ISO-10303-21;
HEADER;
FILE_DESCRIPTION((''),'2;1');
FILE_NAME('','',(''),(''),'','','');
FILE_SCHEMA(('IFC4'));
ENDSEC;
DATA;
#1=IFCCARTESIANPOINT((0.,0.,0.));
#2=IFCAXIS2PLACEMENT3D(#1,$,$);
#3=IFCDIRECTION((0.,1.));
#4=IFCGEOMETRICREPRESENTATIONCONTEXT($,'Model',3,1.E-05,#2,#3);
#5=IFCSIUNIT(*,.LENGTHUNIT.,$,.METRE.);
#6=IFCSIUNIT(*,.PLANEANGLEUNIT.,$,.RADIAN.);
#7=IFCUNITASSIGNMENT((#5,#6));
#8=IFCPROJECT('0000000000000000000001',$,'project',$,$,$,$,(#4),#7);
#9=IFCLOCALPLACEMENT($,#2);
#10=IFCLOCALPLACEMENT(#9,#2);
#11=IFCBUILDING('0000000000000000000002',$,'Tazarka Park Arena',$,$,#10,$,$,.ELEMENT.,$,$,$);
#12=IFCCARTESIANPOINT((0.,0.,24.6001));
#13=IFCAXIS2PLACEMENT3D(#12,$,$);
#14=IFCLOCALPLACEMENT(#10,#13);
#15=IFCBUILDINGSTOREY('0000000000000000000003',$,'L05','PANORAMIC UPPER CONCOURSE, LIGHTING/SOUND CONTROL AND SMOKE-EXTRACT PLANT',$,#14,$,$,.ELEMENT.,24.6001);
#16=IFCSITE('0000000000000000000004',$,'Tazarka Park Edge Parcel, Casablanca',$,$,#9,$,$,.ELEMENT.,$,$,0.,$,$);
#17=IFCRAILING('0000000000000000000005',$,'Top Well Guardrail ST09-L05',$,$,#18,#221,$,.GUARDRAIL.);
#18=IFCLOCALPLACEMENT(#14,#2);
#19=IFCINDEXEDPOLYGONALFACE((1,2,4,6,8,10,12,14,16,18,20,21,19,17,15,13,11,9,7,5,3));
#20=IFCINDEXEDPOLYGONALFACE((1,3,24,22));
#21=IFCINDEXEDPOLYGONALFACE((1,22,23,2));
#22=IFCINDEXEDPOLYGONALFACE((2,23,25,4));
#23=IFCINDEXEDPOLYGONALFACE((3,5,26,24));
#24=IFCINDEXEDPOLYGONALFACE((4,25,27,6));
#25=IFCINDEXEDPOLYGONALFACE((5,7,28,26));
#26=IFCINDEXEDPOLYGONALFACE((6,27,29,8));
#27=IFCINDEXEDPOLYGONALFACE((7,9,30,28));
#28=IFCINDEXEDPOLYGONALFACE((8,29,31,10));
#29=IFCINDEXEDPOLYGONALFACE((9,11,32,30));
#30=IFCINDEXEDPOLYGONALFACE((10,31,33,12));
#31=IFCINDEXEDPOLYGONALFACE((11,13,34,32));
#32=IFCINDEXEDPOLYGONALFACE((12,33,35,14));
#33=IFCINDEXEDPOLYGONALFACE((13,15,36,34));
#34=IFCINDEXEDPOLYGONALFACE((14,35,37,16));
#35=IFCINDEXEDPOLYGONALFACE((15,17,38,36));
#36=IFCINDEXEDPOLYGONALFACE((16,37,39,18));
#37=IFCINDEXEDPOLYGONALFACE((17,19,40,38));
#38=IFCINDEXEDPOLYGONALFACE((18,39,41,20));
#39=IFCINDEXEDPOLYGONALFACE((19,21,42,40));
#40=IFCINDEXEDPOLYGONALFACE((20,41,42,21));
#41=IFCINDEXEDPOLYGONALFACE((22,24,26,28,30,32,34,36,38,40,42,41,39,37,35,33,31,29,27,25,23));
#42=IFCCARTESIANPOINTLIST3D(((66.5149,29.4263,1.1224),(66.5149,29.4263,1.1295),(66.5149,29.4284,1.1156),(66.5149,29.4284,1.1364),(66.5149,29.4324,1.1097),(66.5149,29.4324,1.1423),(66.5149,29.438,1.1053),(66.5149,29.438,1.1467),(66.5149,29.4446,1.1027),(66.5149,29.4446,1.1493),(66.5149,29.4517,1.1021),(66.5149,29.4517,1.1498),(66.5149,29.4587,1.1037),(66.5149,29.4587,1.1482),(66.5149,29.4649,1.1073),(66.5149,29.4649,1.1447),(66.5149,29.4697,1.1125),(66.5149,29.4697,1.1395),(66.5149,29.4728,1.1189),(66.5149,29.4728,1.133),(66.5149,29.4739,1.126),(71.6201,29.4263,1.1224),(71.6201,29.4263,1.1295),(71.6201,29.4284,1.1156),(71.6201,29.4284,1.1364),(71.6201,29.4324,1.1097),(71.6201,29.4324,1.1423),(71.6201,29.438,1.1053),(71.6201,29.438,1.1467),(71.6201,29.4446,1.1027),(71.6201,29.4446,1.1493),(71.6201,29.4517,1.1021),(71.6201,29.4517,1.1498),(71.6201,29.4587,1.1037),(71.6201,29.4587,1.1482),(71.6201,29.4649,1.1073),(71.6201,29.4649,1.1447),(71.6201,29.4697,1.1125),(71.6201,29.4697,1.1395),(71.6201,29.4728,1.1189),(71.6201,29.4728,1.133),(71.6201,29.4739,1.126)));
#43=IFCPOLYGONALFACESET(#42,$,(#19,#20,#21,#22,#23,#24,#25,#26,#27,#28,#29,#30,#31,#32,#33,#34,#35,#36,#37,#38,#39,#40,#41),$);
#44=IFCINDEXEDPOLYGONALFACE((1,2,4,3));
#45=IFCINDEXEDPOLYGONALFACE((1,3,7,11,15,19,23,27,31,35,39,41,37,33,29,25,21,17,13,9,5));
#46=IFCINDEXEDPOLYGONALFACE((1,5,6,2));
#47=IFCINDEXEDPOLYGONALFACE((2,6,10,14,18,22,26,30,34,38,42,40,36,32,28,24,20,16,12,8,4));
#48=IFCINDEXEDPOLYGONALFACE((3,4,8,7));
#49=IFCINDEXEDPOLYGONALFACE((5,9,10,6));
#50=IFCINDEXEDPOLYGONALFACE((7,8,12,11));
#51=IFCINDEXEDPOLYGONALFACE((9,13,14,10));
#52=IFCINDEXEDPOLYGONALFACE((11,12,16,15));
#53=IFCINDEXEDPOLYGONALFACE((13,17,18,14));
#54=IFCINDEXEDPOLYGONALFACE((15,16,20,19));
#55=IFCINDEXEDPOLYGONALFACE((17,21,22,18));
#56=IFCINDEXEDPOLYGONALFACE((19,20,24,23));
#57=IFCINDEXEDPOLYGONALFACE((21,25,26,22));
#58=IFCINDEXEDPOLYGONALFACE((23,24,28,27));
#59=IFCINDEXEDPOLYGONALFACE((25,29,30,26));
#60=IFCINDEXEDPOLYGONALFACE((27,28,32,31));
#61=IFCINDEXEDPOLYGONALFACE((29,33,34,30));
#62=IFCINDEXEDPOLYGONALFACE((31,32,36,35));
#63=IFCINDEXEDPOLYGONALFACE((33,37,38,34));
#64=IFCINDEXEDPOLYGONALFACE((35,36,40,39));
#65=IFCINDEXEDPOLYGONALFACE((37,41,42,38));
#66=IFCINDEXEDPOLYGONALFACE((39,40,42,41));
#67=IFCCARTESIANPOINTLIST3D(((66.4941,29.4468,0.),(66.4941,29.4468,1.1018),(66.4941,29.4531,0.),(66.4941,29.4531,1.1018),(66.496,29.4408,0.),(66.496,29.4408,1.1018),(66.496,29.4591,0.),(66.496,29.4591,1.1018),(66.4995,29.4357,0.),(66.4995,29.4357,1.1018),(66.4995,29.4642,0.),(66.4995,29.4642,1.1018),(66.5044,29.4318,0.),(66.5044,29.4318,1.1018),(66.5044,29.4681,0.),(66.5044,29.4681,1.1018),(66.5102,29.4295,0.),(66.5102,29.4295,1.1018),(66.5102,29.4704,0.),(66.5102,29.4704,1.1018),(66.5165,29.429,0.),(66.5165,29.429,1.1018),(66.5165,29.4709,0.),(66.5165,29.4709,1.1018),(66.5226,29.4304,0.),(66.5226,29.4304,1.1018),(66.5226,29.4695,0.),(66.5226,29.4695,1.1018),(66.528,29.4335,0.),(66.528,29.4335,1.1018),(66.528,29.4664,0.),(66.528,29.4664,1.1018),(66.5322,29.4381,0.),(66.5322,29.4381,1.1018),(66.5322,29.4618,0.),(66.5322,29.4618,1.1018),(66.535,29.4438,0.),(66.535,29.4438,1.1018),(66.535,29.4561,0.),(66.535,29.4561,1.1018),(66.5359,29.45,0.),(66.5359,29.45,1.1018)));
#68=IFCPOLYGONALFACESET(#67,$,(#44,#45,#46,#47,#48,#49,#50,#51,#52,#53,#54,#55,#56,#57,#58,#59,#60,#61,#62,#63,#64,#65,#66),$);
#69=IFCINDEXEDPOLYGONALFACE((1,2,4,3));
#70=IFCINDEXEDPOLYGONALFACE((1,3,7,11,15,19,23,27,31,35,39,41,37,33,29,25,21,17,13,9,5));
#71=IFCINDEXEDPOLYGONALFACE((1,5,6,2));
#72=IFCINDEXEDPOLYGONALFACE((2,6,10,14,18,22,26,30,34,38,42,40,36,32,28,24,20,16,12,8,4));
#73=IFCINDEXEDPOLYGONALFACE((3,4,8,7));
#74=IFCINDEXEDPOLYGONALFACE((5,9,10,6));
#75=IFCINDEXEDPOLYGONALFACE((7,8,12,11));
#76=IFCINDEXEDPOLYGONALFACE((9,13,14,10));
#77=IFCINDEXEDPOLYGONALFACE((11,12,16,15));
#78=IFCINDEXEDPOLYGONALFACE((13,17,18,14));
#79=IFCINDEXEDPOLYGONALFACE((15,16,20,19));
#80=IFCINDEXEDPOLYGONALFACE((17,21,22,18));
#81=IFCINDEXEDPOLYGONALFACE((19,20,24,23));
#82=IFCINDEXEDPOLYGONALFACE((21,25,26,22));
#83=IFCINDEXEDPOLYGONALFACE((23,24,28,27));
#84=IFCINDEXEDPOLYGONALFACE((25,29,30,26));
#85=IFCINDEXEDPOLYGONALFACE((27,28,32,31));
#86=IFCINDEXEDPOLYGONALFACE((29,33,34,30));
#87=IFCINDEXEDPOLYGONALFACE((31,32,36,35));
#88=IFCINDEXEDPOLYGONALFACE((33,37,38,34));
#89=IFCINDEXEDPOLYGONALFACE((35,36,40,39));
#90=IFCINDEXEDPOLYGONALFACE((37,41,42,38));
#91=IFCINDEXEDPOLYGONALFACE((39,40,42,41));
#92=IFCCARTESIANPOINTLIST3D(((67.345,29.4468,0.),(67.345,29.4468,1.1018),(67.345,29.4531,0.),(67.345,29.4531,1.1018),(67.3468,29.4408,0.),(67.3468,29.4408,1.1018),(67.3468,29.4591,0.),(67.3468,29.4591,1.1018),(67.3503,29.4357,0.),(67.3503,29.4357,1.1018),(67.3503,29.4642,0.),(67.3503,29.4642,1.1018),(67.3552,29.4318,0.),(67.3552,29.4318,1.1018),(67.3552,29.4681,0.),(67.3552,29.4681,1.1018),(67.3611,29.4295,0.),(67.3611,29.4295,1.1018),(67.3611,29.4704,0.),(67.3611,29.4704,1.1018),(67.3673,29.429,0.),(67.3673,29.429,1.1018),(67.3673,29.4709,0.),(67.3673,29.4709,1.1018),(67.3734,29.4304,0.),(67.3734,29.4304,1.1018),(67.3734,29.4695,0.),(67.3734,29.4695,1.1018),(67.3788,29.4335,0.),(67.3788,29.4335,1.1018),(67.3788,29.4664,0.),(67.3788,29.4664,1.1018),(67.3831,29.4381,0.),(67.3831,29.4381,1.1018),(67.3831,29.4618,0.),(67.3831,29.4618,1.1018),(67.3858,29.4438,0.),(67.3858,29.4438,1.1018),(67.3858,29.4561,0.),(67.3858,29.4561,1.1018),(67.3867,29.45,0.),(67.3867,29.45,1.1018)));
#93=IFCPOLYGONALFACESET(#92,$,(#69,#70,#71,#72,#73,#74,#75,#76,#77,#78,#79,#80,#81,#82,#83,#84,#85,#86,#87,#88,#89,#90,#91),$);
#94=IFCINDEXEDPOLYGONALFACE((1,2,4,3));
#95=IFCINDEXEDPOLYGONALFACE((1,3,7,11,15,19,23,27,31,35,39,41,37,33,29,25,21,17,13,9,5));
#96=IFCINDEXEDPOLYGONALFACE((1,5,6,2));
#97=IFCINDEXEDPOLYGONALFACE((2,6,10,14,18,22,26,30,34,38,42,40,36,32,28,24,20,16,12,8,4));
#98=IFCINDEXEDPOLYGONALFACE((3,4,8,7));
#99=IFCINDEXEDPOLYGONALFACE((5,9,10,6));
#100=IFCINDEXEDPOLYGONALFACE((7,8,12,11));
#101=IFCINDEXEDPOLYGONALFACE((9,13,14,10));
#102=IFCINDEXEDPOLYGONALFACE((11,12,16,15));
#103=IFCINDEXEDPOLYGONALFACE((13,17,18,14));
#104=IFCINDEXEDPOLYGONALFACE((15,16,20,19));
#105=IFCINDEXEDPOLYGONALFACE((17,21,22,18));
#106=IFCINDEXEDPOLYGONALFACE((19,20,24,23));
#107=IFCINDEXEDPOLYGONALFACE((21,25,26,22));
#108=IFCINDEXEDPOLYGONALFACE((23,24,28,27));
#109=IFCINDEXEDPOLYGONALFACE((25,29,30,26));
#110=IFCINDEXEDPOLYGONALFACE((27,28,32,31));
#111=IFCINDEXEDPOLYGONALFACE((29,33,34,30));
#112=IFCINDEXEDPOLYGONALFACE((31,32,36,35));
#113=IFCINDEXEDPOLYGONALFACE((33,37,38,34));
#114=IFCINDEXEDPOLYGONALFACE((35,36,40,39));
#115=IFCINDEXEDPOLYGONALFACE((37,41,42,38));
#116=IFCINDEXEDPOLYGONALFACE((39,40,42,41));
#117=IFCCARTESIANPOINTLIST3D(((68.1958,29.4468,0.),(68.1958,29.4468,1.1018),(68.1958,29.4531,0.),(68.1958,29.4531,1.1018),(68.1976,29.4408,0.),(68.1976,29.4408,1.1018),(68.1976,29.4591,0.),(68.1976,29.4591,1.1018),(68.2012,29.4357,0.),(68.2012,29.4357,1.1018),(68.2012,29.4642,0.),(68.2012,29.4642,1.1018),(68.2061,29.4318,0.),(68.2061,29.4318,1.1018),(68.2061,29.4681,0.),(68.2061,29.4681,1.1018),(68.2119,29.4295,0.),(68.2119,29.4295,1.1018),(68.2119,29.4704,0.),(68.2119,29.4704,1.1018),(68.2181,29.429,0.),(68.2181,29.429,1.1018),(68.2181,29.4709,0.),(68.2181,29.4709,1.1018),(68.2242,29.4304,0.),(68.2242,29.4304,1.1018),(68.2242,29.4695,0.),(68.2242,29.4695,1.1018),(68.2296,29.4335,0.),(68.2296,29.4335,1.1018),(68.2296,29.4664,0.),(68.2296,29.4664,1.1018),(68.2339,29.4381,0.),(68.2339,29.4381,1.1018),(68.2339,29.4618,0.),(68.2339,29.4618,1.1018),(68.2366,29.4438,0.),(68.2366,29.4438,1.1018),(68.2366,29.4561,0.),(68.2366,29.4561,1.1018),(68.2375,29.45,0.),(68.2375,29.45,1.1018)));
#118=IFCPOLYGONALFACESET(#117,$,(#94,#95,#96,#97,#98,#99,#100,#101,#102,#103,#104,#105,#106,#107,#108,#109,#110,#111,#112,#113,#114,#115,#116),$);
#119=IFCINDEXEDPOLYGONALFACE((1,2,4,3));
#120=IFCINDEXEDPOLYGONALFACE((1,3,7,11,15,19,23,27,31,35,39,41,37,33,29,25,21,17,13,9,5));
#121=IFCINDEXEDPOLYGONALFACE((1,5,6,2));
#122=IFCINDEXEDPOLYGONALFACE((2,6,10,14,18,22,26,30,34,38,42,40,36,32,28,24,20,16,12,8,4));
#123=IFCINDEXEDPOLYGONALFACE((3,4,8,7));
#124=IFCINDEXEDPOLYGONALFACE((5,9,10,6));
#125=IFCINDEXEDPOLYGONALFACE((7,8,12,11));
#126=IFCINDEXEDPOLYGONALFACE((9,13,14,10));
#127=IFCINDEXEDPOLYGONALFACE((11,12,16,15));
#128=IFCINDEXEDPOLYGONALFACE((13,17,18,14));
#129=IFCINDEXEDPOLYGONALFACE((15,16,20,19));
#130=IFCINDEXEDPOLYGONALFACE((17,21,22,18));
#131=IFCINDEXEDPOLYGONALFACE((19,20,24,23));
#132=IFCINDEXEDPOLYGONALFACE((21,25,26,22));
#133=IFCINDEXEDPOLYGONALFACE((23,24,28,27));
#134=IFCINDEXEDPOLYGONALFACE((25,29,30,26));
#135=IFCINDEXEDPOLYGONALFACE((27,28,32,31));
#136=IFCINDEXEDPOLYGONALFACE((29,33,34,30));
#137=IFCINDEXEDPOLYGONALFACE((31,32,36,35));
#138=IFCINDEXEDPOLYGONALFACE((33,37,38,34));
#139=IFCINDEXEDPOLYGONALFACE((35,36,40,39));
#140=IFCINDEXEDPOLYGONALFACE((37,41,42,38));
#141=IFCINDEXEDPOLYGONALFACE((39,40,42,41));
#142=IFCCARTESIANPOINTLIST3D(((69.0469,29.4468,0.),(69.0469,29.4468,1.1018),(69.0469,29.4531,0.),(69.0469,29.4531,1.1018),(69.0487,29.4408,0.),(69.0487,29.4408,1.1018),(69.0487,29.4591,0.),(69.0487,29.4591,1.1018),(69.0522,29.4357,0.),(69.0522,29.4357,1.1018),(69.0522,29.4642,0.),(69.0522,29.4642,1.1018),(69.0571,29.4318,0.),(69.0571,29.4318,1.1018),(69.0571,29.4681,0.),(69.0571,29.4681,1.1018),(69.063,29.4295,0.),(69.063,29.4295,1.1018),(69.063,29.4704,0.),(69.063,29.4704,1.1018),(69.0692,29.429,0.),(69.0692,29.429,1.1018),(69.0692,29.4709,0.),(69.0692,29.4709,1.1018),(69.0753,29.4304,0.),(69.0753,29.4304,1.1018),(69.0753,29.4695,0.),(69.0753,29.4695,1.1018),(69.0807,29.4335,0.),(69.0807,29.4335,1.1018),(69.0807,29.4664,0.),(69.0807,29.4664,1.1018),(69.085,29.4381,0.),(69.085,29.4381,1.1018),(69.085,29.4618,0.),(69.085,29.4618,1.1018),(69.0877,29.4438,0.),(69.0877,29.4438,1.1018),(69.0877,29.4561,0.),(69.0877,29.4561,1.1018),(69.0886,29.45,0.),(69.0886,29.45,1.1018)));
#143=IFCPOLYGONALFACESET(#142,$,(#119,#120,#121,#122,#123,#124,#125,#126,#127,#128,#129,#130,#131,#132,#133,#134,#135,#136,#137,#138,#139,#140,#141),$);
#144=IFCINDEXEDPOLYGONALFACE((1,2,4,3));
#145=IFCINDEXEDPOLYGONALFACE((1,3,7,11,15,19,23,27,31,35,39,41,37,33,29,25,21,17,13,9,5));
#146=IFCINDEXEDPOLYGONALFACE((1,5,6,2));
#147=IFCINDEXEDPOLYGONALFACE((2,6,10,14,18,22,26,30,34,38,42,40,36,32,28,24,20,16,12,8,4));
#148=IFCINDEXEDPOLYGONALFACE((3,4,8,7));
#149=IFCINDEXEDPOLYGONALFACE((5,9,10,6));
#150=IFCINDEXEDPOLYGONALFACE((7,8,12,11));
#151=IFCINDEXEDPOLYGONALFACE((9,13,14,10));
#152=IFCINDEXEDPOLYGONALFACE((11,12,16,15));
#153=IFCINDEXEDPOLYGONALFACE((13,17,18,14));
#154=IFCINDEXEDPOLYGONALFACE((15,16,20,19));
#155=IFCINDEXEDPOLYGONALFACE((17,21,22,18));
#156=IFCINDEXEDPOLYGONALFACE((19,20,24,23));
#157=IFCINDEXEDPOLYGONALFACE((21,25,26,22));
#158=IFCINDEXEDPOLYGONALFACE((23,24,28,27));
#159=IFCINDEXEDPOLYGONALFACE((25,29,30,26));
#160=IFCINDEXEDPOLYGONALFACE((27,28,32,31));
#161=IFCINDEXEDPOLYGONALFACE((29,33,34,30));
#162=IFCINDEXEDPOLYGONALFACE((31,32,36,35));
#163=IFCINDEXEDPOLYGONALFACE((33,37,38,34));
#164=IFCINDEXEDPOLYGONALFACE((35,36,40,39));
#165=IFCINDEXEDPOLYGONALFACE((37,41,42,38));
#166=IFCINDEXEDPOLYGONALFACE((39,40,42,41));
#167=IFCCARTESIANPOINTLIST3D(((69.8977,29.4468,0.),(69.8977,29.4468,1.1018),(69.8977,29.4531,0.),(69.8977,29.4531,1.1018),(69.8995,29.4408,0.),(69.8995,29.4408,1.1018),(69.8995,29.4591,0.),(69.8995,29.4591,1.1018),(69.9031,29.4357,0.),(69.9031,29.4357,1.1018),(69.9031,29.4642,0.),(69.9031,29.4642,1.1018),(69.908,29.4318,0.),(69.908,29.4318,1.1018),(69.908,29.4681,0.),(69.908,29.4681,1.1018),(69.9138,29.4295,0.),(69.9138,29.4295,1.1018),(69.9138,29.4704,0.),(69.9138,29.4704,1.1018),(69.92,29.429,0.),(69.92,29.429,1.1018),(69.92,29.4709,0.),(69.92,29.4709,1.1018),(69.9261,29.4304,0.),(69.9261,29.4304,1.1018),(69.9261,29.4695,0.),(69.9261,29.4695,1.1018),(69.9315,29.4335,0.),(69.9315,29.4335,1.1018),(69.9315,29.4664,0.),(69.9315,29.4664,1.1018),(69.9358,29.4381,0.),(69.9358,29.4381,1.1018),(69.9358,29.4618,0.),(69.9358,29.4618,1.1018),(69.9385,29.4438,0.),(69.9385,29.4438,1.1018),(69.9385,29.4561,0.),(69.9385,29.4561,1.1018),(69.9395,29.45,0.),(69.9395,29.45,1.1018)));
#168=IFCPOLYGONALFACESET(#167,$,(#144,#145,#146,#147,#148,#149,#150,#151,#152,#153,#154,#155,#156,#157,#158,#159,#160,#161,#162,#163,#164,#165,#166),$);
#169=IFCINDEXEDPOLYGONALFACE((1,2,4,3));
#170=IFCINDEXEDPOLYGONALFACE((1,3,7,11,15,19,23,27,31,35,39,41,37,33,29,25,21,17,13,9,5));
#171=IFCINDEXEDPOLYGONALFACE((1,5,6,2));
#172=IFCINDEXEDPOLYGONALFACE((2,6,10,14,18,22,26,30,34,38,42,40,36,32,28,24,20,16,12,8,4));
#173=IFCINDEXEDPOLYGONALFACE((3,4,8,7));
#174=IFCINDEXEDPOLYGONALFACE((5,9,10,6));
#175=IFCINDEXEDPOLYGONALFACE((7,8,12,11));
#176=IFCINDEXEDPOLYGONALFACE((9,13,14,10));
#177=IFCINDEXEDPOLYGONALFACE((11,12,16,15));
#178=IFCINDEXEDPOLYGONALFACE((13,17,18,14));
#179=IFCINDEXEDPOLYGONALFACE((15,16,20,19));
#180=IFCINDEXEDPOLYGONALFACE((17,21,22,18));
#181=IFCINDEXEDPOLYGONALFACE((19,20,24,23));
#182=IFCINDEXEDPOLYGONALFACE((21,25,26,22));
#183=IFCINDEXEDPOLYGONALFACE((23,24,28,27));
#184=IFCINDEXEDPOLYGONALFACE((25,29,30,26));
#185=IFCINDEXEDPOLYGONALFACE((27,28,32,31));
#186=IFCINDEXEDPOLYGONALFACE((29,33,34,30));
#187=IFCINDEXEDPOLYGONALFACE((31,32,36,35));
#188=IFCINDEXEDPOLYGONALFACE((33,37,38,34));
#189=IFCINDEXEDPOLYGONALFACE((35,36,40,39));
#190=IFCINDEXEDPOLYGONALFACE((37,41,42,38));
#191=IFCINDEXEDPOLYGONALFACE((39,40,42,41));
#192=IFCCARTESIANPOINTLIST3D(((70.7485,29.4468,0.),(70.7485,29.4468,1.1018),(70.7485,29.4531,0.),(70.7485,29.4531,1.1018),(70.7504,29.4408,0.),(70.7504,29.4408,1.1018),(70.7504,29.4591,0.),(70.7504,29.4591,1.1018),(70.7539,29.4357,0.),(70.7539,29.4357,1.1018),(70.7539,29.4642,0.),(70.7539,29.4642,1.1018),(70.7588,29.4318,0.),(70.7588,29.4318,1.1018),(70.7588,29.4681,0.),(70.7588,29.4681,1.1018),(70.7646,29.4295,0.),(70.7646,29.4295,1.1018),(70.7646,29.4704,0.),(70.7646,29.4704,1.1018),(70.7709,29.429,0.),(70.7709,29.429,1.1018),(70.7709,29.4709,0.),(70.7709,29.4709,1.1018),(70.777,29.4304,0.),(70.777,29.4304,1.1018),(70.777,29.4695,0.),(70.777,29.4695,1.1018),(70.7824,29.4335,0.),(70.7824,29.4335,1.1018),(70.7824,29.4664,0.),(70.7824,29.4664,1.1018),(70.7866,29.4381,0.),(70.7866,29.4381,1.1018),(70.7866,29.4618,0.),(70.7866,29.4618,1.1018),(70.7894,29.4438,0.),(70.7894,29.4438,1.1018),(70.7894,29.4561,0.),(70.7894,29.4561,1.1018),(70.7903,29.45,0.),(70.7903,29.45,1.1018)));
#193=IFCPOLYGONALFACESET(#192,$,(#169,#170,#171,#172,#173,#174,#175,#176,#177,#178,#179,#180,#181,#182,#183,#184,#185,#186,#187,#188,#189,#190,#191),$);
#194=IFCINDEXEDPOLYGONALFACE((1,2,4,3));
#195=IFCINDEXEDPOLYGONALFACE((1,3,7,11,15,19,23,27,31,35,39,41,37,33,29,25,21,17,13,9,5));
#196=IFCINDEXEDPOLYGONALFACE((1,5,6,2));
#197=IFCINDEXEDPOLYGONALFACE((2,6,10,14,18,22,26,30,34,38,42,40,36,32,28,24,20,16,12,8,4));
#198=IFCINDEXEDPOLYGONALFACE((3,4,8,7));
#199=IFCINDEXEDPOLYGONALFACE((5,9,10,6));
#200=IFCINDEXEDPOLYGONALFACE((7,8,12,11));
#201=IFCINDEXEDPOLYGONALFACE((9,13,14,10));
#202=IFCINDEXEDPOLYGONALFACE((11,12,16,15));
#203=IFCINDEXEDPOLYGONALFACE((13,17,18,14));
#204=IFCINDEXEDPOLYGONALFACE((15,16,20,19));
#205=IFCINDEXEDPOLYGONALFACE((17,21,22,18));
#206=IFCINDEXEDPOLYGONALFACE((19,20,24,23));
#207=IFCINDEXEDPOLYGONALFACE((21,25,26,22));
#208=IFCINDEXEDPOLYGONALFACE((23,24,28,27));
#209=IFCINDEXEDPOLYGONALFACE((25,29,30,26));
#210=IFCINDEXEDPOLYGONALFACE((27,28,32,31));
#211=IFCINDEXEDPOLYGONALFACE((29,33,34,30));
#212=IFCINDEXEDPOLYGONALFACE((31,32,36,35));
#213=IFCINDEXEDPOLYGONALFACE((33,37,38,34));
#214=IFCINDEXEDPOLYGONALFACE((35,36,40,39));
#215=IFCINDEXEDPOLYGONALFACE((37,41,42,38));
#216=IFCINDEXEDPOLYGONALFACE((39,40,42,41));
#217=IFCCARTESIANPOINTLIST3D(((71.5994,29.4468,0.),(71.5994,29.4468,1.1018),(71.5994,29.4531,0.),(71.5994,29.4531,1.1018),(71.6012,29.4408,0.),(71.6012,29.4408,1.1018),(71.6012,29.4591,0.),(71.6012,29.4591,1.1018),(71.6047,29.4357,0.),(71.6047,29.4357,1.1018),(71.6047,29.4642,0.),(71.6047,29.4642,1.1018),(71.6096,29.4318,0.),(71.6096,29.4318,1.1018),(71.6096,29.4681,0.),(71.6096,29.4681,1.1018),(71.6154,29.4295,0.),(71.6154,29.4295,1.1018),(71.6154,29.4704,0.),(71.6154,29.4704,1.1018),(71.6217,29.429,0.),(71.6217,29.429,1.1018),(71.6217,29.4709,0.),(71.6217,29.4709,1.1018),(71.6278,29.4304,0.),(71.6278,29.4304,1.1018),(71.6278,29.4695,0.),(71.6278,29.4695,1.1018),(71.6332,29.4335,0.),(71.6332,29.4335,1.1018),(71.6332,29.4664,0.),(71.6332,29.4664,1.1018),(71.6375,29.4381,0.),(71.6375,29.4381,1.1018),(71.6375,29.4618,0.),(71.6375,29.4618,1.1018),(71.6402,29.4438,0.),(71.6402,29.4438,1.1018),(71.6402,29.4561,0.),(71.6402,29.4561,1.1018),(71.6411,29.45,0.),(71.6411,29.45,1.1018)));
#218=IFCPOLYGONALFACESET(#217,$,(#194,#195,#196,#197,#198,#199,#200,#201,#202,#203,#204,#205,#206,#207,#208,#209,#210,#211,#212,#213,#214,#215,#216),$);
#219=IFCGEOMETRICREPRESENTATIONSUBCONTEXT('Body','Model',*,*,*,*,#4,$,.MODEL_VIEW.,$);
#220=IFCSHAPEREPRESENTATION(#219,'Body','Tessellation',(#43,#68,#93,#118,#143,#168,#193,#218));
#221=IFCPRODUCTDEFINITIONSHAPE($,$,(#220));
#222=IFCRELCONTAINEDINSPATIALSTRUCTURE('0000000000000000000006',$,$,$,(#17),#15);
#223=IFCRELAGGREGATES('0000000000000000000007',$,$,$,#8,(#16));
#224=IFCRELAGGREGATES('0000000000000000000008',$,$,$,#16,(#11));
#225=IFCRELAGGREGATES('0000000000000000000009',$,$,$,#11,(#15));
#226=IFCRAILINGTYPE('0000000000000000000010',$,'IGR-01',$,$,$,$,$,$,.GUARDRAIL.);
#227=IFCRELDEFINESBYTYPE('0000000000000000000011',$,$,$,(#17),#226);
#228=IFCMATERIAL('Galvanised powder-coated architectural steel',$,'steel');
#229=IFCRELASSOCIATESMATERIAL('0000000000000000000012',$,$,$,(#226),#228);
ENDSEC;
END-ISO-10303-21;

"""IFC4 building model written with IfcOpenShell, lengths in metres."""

from ifc_helpers import new_model, si_unit, direction, frame, origin, origin_2d, place, context, subcontext, project, spatial, circle, extrude, material, type_object, element, save


model = new_model("IFC4")

# Units and contexts
model_context = context("Model", 3, precision=1e-05, world=origin(), true_north=direction((0.0, 1.0)))
body_context = subcontext(model_context, "Body", "Model", "MODEL_VIEW")
ifc_project = project(units=[si_unit("LENGTHUNIT", "METRE"), si_unit("PLANEANGLEUNIT", "RADIAN")], contexts=[model_context])

# Site, building, storey
site_placement = place(None, origin())
site = spatial("IfcSite", under=ifc_project, at=site_placement, Name="Tazarka Park Edge Parcel, Casablanca", CompositionType="ELEMENT", RefElevation=0.0)
building_placement = place(site_placement, origin())
building = spatial("IfcBuilding", under=site, at=building_placement, Name="Tazarka Park Arena", CompositionType="ELEMENT")
storey_placement = place(building_placement, frame((0.0, 0.0, 24.6001)))
storey = spatial("IfcBuildingStorey", under=building, at=storey_placement, Name="L05", Description="PANORAMIC UPPER CONCOURSE, LIGHTING/SOUND CONTROL AND SMOKE-EXTRACT PLANT", CompositionType="ELEMENT", Elevation=24.6001)

# Railing
ifc_material_1 = material(Name="Galvanised powder-coated architectural steel", Category="steel")
railing_type = type_object("IfcRailingType", Name="IGR-01", PredefinedType="GUARDRAIL", material=ifc_material_1)
railing_placement = place(storey_placement, frame((66.5149, 29.45, 0.0)))
element("IfcRailing", 1, at=railing_placement, inside=storey, type_object=railing_type, Name="Top Well Guardrail ST09-L05", PredefinedType="GUARDRAIL", context=body_context, shape_type="SweptSolid", body=[
    extrude(circle(Radius=0.0239, at=origin_2d()), frame((0.0, 0.0, 1.126), z_axis=(1.0, 0.0, 0.0), x_axis=(0.0, 1.0, 0.0)), (0.0, 0.0, 1.0), 5.1052),
    extrude(circle(Radius=0.021, at=origin_2d()), origin(), (0.0, 0.0, 1.0), 1.1018),
    extrude(circle(Radius=0.021, at=origin_2d()), frame((0.8508, 0.0, 0.0)), (0.0, 0.0, 1.0), 1.1018),
    extrude(circle(Radius=0.021, at=origin_2d()), frame((1.7017, 0.0, 0.0)), (0.0, 0.0, 1.0), 1.1018),
    extrude(circle(Radius=0.021, at=origin_2d()), frame((2.5527, 0.0, 0.0)), (0.0, 0.0, 1.0), 1.1018),
    extrude(circle(Radius=0.021, at=origin_2d()), frame((3.4036, 0.0, 0.0)), (0.0, 0.0, 1.0), 1.1018),
    extrude(circle(Radius=0.021, at=origin_2d()), frame((4.2544, 0.0, 0.0)), (0.0, 0.0, 1.0), 1.1018),
    extrude(circle(Radius=0.021, at=origin_2d()), frame((5.1052, 0.0, 0.0)), (0.0, 0.0, 1.0), 1.1018),
])

save(model, "model.ifc")
